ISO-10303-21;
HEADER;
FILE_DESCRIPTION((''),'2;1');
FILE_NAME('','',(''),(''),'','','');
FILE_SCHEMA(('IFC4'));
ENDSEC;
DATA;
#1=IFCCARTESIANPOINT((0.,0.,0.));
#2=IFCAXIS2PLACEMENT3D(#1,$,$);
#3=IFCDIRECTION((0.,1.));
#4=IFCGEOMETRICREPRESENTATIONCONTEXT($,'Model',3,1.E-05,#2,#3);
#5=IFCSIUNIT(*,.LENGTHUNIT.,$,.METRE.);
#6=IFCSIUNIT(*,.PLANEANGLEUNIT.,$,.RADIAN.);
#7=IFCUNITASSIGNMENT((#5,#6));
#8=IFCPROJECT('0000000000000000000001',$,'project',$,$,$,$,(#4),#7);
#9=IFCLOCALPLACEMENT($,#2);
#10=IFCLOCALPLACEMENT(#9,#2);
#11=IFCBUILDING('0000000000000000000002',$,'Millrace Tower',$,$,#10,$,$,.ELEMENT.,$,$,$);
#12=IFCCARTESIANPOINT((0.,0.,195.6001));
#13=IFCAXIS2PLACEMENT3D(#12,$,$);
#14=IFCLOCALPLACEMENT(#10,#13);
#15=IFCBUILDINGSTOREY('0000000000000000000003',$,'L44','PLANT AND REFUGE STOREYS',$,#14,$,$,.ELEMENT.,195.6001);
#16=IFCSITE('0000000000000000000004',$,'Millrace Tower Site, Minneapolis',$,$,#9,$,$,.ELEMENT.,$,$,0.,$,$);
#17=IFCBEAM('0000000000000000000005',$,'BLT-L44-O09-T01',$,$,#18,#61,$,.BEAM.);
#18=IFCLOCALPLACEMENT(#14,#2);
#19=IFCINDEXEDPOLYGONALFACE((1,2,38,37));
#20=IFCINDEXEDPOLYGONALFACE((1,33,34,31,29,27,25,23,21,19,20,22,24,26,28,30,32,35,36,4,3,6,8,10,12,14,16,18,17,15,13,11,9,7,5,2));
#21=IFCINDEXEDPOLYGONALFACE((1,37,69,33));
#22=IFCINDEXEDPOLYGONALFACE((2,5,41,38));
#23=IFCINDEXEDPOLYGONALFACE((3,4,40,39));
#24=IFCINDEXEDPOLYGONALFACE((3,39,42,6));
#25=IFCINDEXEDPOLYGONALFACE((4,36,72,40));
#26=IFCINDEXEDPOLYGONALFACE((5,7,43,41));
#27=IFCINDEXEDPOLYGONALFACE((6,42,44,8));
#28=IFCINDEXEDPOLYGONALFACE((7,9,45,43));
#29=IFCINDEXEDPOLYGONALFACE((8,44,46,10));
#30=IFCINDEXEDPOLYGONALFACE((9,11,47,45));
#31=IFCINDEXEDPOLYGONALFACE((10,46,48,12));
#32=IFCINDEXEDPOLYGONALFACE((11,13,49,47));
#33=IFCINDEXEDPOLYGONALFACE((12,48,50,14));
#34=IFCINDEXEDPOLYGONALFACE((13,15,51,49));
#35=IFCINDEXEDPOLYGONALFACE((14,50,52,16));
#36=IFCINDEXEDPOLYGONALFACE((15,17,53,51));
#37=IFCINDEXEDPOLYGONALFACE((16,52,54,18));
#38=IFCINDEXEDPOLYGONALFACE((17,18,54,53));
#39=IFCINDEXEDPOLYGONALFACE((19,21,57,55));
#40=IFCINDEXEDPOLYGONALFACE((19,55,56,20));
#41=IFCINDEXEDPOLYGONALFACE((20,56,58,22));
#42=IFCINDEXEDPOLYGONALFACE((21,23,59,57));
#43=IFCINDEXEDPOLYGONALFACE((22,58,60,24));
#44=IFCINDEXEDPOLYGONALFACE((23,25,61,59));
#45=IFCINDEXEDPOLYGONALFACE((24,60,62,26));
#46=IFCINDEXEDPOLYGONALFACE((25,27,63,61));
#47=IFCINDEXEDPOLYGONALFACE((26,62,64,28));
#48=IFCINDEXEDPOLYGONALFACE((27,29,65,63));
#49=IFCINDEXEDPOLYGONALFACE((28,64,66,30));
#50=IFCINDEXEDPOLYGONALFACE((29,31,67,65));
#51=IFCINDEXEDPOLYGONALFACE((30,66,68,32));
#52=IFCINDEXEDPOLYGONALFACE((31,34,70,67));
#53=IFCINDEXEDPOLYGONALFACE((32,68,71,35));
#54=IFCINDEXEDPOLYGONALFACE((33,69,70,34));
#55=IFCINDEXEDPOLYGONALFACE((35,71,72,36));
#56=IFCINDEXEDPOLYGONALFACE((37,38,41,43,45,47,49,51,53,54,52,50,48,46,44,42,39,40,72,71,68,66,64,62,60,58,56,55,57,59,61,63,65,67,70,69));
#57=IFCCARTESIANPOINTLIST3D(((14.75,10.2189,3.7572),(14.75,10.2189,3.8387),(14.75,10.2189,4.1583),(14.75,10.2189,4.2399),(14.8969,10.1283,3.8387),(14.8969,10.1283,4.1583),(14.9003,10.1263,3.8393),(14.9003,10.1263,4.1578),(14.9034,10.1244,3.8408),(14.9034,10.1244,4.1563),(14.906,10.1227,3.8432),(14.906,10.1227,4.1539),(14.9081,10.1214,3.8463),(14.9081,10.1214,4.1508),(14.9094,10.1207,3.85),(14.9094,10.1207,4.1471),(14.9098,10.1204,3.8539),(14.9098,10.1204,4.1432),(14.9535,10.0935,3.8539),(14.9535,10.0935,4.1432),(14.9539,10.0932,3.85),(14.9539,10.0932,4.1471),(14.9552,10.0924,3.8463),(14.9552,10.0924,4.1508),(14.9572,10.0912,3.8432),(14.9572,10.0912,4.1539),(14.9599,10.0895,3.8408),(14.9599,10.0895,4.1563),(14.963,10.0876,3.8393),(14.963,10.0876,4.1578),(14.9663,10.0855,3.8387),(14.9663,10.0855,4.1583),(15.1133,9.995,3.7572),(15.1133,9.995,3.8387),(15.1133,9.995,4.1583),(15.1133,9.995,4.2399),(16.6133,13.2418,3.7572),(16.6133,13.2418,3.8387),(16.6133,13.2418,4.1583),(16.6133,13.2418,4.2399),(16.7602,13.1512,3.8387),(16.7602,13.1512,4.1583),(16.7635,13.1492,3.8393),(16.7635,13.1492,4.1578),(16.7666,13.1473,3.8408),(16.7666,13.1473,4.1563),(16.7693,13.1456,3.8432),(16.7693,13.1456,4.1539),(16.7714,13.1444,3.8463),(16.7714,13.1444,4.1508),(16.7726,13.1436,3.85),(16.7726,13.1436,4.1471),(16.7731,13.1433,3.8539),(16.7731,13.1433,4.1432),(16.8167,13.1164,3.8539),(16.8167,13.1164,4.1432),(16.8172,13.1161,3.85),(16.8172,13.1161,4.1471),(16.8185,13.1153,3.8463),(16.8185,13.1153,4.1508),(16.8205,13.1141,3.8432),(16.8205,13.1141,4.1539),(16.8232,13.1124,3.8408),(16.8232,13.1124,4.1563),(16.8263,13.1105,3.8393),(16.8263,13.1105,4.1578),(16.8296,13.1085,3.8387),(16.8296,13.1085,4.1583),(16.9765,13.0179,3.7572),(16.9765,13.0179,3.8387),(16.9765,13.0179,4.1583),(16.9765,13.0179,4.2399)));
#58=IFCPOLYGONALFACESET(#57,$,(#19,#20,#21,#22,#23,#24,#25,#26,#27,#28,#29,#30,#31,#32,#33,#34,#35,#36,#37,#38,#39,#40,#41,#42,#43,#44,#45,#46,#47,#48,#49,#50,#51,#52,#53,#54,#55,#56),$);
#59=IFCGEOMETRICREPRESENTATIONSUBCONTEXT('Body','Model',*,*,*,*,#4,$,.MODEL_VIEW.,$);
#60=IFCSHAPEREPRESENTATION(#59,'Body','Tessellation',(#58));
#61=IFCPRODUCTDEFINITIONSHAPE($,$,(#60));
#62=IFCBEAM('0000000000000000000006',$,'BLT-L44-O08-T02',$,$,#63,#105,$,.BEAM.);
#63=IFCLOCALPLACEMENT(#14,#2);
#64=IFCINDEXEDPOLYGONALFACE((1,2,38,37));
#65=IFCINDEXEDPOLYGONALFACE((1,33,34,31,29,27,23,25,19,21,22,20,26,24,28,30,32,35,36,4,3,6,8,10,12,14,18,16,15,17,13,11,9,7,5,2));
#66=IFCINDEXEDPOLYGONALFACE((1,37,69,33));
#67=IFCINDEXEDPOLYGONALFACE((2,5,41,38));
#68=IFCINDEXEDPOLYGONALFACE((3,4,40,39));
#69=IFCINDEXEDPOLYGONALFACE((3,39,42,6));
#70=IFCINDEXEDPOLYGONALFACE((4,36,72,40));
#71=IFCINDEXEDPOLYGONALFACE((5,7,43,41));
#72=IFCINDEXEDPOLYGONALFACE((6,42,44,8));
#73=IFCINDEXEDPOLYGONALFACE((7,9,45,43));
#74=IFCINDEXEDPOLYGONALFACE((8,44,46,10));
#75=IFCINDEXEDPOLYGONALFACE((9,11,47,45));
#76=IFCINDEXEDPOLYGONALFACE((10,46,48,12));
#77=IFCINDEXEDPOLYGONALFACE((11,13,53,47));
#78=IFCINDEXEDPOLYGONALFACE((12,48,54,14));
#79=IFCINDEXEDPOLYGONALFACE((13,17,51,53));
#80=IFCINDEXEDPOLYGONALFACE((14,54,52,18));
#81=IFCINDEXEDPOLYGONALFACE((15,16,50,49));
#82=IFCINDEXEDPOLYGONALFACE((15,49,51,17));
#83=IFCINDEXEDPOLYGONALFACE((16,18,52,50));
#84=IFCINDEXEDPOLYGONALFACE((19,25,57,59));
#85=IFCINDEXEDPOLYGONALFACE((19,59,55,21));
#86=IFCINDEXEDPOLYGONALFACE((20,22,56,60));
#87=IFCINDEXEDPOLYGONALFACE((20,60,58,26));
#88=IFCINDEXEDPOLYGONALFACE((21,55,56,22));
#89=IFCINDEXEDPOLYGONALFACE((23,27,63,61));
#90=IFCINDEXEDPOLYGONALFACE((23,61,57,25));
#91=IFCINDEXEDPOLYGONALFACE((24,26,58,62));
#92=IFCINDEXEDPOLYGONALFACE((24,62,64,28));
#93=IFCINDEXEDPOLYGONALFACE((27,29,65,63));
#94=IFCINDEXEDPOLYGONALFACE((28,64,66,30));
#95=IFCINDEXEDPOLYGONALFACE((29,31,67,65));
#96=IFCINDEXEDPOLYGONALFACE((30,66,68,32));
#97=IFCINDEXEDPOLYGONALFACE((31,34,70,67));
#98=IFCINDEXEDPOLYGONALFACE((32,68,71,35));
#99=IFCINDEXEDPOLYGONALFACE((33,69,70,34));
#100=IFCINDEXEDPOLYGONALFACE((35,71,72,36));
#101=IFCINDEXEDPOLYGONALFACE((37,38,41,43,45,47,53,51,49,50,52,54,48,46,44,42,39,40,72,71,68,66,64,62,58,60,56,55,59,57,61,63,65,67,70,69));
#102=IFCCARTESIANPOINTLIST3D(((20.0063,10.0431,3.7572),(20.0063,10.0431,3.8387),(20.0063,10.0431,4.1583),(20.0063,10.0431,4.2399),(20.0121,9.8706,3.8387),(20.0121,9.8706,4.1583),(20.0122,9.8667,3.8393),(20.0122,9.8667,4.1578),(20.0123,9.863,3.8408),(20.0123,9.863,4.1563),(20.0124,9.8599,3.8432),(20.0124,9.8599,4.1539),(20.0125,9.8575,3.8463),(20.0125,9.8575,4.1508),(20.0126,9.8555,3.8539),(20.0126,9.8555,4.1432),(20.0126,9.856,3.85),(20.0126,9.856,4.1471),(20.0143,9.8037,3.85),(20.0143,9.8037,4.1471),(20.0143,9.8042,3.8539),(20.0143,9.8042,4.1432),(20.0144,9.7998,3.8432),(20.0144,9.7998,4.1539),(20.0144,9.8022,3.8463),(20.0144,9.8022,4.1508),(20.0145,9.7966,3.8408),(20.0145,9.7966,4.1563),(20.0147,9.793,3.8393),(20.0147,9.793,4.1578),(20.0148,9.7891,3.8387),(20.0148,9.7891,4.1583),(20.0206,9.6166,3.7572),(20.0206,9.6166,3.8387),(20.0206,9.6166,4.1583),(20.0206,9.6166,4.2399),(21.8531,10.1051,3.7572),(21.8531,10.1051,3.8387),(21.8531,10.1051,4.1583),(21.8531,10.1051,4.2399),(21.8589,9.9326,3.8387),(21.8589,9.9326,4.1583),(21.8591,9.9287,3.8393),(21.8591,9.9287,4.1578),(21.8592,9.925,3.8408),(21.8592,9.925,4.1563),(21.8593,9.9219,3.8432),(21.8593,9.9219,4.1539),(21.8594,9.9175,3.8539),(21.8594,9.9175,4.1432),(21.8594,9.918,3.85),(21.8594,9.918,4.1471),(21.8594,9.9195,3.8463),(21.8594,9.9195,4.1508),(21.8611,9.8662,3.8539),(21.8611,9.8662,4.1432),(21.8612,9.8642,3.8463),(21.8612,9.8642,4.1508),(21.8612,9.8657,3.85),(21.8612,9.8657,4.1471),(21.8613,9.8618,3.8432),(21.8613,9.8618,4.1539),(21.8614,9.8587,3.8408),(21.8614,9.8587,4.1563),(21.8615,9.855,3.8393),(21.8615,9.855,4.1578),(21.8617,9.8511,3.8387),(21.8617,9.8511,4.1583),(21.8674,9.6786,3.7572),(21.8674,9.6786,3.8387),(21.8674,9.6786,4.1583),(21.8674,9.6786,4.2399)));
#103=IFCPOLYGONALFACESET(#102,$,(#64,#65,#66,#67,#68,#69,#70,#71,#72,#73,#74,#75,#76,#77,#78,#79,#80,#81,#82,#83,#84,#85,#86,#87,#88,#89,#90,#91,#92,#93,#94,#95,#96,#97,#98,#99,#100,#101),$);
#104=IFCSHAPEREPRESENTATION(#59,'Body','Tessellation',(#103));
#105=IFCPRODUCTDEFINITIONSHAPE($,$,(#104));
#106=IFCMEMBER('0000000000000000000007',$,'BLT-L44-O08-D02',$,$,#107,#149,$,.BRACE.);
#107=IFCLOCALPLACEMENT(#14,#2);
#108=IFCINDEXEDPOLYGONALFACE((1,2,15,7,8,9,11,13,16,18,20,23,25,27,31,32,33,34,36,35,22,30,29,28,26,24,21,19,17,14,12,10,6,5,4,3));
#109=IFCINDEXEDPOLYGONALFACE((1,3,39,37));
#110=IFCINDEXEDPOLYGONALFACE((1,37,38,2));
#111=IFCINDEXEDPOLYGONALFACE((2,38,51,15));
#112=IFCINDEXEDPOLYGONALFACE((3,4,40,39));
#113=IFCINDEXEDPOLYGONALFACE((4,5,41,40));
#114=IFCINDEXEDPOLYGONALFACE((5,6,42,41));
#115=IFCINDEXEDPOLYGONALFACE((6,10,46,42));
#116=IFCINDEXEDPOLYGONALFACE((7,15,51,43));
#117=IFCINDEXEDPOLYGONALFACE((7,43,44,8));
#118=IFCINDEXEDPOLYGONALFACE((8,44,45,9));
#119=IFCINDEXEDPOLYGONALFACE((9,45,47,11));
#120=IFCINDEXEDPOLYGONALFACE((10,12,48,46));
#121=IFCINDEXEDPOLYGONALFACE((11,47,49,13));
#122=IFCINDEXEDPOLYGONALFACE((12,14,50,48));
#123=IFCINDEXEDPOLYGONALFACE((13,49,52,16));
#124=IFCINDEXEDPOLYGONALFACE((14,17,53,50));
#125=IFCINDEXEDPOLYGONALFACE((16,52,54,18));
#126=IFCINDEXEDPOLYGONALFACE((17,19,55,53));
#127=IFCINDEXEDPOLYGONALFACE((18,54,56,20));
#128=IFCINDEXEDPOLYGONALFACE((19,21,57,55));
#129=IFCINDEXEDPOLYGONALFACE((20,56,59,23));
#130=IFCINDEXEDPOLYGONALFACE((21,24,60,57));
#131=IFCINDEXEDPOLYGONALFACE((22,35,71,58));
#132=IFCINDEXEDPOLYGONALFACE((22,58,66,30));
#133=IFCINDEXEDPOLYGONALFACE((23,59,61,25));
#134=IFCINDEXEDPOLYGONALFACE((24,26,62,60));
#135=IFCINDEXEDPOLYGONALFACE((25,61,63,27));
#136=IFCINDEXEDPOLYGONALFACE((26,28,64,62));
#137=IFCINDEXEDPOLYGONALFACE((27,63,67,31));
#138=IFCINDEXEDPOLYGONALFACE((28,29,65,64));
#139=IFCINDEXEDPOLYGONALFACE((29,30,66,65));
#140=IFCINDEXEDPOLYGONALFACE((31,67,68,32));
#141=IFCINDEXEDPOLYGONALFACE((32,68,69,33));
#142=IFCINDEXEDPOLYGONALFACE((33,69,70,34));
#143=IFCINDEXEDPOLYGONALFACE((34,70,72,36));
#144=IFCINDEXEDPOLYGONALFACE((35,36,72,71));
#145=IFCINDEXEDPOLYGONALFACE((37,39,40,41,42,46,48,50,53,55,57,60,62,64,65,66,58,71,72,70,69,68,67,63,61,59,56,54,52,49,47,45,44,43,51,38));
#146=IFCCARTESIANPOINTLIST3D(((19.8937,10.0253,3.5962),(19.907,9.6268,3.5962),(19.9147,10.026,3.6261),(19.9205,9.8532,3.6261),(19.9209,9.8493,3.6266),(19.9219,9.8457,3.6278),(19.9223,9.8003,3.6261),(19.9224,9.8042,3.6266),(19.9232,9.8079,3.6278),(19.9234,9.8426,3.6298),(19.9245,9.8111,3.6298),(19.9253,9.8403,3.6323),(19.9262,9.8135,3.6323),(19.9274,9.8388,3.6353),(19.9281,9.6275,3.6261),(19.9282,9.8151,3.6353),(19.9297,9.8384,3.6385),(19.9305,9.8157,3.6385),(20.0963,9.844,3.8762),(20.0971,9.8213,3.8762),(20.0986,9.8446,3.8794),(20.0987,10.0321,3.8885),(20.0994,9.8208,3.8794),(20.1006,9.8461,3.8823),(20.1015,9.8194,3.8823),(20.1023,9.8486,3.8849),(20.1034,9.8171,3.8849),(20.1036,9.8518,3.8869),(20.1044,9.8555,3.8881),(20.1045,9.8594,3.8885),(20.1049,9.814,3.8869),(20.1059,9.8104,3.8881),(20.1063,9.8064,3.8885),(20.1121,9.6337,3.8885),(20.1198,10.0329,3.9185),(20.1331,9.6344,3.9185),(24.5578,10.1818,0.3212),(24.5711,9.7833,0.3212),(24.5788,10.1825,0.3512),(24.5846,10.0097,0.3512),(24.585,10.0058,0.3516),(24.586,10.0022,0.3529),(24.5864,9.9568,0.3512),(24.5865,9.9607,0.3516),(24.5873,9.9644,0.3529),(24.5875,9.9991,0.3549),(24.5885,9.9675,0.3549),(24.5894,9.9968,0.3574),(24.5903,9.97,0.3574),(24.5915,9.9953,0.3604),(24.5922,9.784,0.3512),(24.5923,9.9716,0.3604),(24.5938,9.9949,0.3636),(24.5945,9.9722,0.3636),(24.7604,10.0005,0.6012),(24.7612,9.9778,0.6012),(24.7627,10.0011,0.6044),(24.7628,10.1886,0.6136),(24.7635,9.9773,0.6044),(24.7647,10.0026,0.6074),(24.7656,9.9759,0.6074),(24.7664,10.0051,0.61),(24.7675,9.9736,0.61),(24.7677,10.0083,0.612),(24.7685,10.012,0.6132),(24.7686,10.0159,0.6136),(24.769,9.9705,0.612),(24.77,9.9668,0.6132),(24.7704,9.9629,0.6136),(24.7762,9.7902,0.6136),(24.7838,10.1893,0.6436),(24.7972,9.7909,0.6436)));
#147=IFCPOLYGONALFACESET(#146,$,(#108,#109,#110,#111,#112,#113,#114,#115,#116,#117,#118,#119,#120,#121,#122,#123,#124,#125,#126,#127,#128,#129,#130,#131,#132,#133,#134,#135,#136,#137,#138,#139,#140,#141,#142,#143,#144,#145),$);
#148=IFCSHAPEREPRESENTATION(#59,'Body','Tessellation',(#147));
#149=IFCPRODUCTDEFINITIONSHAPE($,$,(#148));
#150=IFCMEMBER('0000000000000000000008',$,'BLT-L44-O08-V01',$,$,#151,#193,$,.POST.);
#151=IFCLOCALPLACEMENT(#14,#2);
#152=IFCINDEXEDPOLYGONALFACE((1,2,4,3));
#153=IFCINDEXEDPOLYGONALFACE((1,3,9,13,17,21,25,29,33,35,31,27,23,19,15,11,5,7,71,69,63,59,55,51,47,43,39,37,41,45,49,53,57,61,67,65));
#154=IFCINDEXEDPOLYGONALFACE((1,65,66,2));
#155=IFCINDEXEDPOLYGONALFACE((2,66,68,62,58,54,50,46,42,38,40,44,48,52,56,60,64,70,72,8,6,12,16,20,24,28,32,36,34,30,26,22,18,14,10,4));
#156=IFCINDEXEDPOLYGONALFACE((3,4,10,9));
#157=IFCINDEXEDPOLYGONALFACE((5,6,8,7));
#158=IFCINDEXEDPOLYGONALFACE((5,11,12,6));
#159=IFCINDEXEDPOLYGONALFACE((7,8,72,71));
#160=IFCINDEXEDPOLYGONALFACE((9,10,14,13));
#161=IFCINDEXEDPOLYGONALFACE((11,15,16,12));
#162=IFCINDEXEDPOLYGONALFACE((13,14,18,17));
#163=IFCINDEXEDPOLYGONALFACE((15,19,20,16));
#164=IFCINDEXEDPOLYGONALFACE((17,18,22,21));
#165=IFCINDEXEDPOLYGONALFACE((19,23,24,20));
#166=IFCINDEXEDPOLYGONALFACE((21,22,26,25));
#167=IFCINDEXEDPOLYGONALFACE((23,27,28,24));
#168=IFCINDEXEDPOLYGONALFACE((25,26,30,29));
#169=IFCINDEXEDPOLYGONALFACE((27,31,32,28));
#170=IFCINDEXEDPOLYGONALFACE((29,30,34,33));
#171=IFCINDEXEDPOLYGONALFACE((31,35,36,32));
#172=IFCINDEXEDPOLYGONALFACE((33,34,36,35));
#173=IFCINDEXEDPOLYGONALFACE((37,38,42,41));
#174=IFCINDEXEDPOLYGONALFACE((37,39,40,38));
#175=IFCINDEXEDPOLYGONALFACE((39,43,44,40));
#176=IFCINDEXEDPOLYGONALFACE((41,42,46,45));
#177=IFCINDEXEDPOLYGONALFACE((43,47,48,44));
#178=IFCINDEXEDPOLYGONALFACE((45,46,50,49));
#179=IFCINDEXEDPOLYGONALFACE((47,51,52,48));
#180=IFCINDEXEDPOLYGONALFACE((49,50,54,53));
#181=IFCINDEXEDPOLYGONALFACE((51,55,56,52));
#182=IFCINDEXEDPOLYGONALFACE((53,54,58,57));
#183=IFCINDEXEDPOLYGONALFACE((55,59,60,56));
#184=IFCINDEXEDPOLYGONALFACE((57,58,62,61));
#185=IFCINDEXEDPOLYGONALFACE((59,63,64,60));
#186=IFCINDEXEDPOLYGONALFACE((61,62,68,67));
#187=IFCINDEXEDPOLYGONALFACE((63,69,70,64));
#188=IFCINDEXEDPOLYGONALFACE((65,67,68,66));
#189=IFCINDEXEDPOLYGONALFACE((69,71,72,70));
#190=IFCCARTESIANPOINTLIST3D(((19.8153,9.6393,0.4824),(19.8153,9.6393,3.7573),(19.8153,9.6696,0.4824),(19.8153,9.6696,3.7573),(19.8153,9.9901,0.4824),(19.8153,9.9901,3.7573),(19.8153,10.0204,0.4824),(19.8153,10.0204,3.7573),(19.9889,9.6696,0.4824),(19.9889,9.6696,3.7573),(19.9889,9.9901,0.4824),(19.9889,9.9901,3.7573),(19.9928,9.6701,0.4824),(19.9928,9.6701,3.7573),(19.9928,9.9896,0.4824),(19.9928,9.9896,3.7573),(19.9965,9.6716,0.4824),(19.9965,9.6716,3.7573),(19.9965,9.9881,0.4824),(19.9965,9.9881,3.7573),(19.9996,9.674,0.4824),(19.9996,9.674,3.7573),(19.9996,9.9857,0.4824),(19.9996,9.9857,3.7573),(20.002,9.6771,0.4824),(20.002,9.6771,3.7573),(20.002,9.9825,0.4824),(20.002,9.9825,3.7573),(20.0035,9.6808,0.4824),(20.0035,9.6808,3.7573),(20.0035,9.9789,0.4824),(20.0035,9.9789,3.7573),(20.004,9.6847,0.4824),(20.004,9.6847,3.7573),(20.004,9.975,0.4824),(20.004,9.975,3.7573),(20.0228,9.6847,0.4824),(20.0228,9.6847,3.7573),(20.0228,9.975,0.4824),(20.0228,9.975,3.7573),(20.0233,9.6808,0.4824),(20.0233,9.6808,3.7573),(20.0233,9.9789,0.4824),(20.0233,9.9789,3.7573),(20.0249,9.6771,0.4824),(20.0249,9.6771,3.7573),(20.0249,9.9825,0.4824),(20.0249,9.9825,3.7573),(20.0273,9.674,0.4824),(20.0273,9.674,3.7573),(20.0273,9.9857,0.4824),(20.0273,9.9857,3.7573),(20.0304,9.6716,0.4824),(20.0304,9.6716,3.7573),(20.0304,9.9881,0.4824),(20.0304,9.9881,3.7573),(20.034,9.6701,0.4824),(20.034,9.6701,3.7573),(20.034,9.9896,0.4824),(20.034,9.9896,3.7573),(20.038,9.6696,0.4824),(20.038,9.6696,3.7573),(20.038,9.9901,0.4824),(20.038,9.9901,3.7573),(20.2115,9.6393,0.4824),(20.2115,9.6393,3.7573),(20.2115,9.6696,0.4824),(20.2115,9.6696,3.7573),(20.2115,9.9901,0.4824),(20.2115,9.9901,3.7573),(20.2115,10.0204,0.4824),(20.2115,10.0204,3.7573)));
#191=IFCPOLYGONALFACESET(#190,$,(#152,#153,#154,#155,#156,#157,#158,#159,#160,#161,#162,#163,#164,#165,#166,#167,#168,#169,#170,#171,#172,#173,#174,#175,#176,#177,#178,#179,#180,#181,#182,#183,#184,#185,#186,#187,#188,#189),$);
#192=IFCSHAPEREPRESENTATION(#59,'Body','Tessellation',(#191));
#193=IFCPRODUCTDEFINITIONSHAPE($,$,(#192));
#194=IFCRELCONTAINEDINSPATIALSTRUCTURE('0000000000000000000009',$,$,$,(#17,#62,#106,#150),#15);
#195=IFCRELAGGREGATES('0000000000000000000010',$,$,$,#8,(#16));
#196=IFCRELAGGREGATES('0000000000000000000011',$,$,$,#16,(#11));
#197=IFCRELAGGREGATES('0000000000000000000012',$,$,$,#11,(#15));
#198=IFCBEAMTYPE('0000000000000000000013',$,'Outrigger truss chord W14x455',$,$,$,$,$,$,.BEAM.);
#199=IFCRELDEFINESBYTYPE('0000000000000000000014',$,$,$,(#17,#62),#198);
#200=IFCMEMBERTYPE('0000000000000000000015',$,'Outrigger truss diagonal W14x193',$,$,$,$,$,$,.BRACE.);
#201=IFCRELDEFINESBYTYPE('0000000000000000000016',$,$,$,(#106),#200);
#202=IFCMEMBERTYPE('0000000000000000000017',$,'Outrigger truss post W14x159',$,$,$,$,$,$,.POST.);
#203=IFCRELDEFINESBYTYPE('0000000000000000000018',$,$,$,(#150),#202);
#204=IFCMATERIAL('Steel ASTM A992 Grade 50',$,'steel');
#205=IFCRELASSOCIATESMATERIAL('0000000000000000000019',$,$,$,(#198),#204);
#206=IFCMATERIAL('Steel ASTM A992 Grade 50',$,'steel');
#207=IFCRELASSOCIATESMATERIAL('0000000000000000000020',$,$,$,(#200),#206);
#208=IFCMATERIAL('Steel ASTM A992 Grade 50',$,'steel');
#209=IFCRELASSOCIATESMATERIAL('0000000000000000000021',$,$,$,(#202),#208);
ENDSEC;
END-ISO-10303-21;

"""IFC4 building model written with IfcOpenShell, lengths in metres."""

from ifc_helpers import new_model, si_unit, direction, frame, origin, origin_2d, place, context, subcontext, project, spatial, i_section, extrude, material, material_profile, profile_set, type_object, element, save


model = new_model("IFC4")

# Units and contexts
model_context = context("Model", 3, precision=1e-05, world=origin(), true_north=direction((0.0, 1.0)))
body_context = subcontext(model_context, "Body", "Model", "MODEL_VIEW")
ifc_project = project(units=[si_unit("LENGTHUNIT", "METRE"), si_unit("PLANEANGLEUNIT", "RADIAN")], contexts=[model_context])

# Site, building, storey
site_placement = place(None, origin())
site = spatial("IfcSite", under=ifc_project, at=site_placement, Name="Millrace Tower Site, Minneapolis", CompositionType="ELEMENT", RefElevation=0.0)
building_placement = place(site_placement, origin())
building = spatial("IfcBuilding", under=site, at=building_placement, Name="Millrace Tower", CompositionType="ELEMENT")
storey_placement = place(building_placement, frame((0.0, 0.0, 195.6001)))
storey = spatial("IfcBuildingStorey", under=building, at=storey_placement, Name="L44", Description="PLANT AND REFUGE STOREYS", CompositionType="ELEMENT", Elevation=195.6001)

# Beams
ifc_material_1 = material(Name="Steel ASTM A992 Grade 50", Category="steel")
ifc_material_profile_1 = material_profile(ifc_material_1, i_section(OverallWidth=0.4268, OverallDepth=0.4827, WebThickness=0.0513, FlangeThickness=0.0815, FilletRadius=0.0151, at=origin_2d()))
ifc_profile_set_1 = profile_set([ifc_material_profile_1], Name="Steel ASTM A992 Grade 50")
beam_type_1 = type_object("IfcBeamType", Name="Outrigger truss chord W14x455", PredefinedType="BEAM", material=ifc_profile_set_1)
beam_1_placement = place(storey_placement, frame((14.9316, 10.1069, 3.9985), z_axis=(0.524711, 0.85128, 0.0), x_axis=(-0.85128, 0.524711, 0.0)))
element("IfcBeam", 1, at=beam_1_placement, inside=storey, type_object=beam_type_1, Name="BLT-L44-O09-T01", PredefinedType="BEAM", context=body_context, shape_type="SweptSolid", body=[
    extrude(i_section(OverallWidth=0.4268, OverallDepth=0.4827, WebThickness=0.0513, FlangeThickness=0.0815, FilletRadius=0.0151, at=origin_2d()), origin(), (0.0, 0.0, 1.0), 3.551),
])
beam_2_placement = place(storey_placement, frame((20.0134, 9.8298, 3.9985), z_axis=(0.999437, 0.033557, 0.0), x_axis=(-0.033557, 0.999437, 0.0)))
element("IfcBeam", 2, at=beam_2_placement, inside=storey, type_object=beam_type_1, Name="BLT-L44-O08-T02", PredefinedType="BEAM", context=body_context, shape_type="SweptSolid", body=[
    extrude(i_section(OverallWidth=0.4268, OverallDepth=0.4827, WebThickness=0.0513, FlangeThickness=0.0815, FilletRadius=0.0151, at=origin_2d()), origin(), (0.0, 0.0, 1.0), 1.8479),
])

# Members
ifc_material_2 = material(Name="Steel ASTM A992 Grade 50", Category="steel")
ifc_material_profile_2 = material_profile(ifc_material_2, i_section(OverallWidth=0.3987, OverallDepth=0.3938, WebThickness=0.0227, FlangeThickness=0.0366, FilletRadius=0.0151, at=origin_2d()))
ifc_profile_set_2 = profile_set([ifc_material_profile_2], Name="Steel ASTM A992 Grade 50")
member_type_1 = type_object("IfcMemberType", Name="Outrigger truss diagonal W14x193", PredefinedType="BRACE", material=ifc_profile_set_2)
member_1_placement = place(storey_placement, frame((24.6775, 9.9863, 0.4824), z_axis=(-0.818093, -0.02745, 0.57443), x_axis=(0.033534, -0.999438, 0.0)))
element("IfcMember", 3, at=member_1_placement, inside=storey, type_object=member_type_1, Name="BLT-L44-O08-D02", PredefinedType="BRACE", context=body_context, shape_type="SweptSolid", body=[
    extrude(i_section(OverallWidth=0.3987, OverallDepth=0.3938, WebThickness=0.0227, FlangeThickness=0.0366, FilletRadius=0.0151, at=origin_2d()), origin(), (0.0, 0.0, 1.0), 5.7012),
])
ifc_material_3 = material(Name="Steel ASTM A992 Grade 50", Category="steel")
ifc_material_profile_3 = material_profile(ifc_material_3, i_section(OverallWidth=0.3962, OverallDepth=0.3811, WebThickness=0.0188, FlangeThickness=0.0303, FilletRadius=0.0151, at=origin_2d()))
ifc_profile_set_3 = profile_set([ifc_material_profile_3], Name="Steel ASTM A992 Grade 50")
member_type_2 = type_object("IfcMemberType", Name="Outrigger truss post W14x159", PredefinedType="POST", material=ifc_profile_set_3)
for number, where, z_axis, x_axis, name in (
    (4, (20.0134, 9.8298, 0.4824), (0.0, 0.0, 1.0), (1.0, 0.0, 0.0), "BLT-L44-O08-V01"),
):
    element("IfcMember", number, at=place(storey_placement, frame(where, z_axis=z_axis, x_axis=x_axis)), inside=storey, type_object=member_type_2, Name=name, PredefinedType="POST", context=body_context, shape_type="SweptSolid", body=[
        extrude(i_section(OverallWidth=0.3962, OverallDepth=0.3811, WebThickness=0.0188, FlangeThickness=0.0303, FilletRadius=0.0151, at=origin_2d()), origin(), (0.0, 0.0, 1.0), 3.2749),
    ])

save(model, "model.ifc")
